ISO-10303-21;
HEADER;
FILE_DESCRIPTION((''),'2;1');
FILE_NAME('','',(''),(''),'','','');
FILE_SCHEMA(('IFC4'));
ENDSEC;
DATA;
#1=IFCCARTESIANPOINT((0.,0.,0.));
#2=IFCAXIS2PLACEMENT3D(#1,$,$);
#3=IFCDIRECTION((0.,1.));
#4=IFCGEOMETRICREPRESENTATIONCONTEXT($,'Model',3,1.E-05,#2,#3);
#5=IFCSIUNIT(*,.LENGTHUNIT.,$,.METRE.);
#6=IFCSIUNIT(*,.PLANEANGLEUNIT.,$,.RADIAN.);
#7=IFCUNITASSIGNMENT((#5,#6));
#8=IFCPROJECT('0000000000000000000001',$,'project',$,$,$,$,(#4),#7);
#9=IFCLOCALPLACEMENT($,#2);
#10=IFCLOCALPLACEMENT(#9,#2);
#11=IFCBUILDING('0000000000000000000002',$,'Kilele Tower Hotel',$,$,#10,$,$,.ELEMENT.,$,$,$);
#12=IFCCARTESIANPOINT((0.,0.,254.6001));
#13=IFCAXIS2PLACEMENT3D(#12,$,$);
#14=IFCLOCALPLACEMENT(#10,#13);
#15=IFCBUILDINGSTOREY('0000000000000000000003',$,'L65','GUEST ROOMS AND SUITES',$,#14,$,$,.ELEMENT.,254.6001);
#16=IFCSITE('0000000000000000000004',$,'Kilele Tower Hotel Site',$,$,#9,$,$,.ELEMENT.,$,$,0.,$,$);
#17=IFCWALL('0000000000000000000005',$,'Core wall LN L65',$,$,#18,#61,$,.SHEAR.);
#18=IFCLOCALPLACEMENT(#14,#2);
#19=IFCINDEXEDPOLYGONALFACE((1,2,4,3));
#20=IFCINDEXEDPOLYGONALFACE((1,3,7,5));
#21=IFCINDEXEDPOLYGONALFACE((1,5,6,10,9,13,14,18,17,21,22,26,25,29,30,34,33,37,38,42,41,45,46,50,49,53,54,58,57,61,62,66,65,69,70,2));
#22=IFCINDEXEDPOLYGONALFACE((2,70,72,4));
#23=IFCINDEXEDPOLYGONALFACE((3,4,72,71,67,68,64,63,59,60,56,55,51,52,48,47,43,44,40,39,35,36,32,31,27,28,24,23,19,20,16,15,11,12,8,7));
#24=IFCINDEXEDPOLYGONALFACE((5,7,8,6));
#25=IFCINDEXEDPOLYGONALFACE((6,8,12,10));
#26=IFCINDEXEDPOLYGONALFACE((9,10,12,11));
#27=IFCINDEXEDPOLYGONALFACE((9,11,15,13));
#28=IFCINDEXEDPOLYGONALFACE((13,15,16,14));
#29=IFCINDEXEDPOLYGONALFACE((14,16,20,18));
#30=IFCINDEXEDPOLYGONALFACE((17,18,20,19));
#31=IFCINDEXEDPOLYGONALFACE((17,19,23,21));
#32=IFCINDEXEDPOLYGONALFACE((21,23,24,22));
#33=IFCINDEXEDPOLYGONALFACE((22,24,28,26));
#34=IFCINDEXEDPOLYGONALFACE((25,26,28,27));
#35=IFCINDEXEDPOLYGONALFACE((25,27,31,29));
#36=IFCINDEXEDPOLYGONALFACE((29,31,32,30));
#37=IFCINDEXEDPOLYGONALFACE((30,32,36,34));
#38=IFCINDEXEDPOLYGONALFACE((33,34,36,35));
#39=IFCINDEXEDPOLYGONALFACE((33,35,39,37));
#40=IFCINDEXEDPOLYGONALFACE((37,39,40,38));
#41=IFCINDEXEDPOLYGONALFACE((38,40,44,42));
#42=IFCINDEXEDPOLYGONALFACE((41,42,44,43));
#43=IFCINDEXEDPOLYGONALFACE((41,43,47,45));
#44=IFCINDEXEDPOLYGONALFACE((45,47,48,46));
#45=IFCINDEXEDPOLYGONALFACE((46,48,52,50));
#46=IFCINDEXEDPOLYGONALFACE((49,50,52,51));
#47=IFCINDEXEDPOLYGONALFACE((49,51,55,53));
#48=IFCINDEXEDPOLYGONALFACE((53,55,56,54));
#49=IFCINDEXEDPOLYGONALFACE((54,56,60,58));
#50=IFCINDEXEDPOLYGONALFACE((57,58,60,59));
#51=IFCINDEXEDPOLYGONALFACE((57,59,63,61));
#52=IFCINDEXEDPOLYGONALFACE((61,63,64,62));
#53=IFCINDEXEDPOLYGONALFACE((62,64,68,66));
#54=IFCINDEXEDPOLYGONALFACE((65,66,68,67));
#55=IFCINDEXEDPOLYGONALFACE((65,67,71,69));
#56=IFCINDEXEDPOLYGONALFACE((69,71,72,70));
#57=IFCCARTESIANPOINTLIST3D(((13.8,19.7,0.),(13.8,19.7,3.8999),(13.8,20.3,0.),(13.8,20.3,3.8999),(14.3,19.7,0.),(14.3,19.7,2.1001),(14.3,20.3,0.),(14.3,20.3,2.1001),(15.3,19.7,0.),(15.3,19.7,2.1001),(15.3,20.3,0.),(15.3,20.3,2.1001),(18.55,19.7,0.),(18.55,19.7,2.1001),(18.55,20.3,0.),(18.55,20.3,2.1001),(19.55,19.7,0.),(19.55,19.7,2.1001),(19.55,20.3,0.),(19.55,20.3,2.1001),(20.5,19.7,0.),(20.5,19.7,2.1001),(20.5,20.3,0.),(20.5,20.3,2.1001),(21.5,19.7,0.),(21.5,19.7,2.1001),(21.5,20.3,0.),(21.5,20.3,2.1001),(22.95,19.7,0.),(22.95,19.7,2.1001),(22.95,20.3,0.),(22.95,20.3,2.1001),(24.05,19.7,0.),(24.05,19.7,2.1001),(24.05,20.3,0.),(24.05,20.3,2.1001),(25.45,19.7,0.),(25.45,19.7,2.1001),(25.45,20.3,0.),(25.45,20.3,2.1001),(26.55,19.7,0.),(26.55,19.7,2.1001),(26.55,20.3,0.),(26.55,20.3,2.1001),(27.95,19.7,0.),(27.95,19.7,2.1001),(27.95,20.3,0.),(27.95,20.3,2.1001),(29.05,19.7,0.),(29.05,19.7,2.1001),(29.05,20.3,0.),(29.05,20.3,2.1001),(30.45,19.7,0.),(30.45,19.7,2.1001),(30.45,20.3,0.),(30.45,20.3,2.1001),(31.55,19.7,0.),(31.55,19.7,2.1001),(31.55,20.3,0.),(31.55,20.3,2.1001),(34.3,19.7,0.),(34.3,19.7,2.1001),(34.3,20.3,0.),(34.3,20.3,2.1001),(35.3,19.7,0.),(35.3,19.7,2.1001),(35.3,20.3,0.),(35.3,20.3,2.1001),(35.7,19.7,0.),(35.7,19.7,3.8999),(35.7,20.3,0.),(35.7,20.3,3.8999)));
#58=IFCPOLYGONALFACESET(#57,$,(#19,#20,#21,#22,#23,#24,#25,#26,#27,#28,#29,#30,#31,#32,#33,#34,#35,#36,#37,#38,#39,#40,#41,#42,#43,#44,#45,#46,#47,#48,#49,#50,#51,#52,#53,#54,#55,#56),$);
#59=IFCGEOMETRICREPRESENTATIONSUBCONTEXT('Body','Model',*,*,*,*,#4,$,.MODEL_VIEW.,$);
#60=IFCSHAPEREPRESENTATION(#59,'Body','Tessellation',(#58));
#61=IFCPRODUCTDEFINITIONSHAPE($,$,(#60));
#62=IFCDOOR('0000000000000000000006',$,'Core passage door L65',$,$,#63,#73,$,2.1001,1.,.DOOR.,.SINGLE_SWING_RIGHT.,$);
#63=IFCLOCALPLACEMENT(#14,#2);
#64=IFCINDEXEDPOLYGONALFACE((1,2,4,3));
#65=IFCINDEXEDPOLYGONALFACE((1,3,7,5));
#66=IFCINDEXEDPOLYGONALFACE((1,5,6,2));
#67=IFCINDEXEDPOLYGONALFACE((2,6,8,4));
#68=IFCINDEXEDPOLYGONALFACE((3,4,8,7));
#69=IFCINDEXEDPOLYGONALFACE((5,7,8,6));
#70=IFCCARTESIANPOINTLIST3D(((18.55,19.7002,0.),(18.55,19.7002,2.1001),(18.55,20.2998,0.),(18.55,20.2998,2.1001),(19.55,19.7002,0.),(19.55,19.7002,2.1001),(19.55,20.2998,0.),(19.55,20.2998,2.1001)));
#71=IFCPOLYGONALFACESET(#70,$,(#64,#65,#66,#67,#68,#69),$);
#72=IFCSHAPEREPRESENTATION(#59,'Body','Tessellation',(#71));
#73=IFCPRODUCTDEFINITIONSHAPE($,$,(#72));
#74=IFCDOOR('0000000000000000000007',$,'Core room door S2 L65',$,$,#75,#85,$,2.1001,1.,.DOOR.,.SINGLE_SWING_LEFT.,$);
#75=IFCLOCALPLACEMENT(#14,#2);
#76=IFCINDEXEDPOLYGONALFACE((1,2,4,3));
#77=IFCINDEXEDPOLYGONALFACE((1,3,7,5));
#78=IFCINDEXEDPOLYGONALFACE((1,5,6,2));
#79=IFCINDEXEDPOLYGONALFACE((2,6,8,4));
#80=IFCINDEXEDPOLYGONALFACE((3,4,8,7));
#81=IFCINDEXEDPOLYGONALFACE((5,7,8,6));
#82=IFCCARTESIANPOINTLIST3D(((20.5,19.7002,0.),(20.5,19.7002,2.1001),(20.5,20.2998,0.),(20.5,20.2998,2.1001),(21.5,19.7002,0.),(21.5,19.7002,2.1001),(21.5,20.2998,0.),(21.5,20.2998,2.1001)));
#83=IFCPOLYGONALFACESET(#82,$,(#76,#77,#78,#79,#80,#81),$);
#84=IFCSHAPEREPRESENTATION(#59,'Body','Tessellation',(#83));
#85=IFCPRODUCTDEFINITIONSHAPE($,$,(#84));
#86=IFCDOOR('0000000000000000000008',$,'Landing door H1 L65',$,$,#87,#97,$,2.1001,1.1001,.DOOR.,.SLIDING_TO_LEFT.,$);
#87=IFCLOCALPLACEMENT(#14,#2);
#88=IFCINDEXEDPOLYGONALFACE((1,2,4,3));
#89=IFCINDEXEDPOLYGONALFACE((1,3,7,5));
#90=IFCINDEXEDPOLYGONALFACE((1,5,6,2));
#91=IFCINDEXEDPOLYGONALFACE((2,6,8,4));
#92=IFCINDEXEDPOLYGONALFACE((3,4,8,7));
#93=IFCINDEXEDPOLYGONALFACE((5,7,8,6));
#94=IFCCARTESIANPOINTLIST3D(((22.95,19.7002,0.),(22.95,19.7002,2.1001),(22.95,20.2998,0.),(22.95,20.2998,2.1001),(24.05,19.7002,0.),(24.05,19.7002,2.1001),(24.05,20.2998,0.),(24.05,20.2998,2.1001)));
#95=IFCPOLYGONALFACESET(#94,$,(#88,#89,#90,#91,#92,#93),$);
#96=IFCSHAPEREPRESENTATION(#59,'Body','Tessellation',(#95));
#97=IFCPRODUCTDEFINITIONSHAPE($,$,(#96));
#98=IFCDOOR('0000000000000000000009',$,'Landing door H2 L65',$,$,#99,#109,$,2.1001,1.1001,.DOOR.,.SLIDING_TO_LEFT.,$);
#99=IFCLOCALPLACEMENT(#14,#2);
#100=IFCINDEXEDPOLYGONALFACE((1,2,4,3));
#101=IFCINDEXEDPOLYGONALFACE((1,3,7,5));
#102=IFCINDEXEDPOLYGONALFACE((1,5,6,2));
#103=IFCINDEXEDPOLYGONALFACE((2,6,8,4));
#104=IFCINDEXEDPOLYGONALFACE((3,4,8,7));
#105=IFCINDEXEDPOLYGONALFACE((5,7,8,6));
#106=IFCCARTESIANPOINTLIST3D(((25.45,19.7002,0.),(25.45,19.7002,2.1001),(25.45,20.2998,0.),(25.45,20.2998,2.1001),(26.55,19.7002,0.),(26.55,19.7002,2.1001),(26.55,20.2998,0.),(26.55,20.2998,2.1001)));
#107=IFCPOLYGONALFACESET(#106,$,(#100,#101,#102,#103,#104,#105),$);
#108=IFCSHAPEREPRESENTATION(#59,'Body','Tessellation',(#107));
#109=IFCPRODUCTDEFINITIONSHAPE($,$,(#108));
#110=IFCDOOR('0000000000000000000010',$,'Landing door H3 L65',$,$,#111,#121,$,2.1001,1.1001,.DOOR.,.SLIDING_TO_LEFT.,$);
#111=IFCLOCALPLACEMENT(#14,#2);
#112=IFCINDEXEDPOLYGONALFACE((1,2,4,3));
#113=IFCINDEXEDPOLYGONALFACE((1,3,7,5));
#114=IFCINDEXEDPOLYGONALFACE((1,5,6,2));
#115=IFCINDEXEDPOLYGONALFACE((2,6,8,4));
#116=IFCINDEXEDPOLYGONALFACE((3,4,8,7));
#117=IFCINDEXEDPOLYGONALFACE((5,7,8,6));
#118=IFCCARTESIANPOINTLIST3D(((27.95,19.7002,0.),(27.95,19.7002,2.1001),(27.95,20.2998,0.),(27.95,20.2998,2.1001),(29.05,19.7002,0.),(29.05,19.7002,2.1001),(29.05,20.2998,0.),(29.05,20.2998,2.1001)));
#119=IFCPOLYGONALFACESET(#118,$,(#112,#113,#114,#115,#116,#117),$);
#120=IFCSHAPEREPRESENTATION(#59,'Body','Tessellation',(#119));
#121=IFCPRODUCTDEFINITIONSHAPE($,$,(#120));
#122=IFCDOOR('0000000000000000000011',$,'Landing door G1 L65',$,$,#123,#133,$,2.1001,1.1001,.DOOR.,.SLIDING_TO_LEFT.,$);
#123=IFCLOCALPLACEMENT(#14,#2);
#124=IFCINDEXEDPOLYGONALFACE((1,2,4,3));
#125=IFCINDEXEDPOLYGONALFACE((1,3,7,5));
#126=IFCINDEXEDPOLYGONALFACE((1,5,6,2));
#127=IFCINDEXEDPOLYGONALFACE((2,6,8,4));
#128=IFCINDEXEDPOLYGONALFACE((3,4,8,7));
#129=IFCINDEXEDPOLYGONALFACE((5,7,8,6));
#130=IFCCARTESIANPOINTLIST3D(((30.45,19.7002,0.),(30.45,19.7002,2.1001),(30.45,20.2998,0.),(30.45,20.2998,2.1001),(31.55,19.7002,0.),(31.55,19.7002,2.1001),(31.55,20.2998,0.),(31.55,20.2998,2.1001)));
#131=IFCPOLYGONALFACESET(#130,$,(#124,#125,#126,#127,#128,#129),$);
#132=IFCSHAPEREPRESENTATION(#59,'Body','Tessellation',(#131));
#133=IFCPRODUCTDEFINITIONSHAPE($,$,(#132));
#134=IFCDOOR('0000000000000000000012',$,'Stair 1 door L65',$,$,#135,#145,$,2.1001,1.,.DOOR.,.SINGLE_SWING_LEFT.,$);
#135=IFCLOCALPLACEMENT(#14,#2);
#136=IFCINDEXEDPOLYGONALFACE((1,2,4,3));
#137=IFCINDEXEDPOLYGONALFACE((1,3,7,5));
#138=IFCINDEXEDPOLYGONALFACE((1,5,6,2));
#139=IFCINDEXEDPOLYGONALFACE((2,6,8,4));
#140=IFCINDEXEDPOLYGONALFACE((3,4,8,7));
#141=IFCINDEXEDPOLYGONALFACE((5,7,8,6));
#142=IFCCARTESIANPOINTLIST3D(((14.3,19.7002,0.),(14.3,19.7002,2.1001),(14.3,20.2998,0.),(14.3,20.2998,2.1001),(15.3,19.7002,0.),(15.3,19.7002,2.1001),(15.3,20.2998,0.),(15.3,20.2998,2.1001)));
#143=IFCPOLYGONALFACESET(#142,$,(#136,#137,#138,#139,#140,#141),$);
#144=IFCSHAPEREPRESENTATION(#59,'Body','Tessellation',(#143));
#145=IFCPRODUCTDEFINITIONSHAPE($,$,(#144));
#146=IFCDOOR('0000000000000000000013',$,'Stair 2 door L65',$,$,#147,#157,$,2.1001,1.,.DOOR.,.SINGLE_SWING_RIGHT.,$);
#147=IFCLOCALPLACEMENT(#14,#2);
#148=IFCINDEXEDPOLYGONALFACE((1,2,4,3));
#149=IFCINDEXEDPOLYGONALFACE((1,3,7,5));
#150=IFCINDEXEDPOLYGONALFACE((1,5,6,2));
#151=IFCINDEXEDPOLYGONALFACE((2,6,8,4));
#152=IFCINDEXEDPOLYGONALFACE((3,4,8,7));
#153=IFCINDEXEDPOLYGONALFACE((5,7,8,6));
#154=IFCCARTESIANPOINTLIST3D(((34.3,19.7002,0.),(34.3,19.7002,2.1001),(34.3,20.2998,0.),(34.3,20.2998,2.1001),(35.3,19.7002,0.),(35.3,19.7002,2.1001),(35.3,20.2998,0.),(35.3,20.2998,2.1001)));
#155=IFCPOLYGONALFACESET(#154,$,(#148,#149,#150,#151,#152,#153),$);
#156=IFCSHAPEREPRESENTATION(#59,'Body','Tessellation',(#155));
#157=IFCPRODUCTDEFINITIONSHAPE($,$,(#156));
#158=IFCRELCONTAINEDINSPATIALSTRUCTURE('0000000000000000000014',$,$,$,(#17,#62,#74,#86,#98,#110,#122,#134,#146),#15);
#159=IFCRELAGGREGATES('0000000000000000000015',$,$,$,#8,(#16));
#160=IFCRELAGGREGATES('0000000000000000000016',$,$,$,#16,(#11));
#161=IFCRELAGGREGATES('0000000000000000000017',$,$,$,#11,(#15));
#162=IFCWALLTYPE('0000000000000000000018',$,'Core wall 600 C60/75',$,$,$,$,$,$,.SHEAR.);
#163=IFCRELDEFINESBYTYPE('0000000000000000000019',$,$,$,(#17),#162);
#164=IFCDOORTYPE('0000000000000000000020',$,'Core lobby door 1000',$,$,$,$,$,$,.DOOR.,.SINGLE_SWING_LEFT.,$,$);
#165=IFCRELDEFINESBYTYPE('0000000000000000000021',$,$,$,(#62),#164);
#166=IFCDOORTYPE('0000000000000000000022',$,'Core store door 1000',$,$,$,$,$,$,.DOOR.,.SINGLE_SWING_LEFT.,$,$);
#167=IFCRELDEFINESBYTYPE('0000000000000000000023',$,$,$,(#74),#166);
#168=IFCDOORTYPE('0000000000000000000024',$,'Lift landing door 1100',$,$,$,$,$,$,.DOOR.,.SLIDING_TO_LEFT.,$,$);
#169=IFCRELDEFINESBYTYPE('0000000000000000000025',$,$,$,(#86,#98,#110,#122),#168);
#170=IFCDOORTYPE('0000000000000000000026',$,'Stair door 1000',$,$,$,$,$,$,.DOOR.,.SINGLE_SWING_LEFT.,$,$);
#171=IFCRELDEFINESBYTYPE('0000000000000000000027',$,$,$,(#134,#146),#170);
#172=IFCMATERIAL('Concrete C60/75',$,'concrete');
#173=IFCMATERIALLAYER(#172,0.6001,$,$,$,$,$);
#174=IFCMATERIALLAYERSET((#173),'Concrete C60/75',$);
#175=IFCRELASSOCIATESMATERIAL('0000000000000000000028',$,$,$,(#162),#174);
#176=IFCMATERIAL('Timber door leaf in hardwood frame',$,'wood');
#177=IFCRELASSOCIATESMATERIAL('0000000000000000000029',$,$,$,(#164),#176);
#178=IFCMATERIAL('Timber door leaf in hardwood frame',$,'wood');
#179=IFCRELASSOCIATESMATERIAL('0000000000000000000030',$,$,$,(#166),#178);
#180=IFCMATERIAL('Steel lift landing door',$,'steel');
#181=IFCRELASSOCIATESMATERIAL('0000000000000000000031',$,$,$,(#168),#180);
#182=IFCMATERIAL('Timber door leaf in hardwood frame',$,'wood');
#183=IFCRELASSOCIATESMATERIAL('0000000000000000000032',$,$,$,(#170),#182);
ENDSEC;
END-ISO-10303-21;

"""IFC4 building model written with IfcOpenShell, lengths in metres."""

from ifc_helpers import new_model, si_unit, direction, frame, frame_2d, origin, place, context, subcontext, project, spatial, rectangle, extrude, material, layer, layer_set, type_object, element, fill, save


model = new_model("IFC4")

# Units and contexts
model_context = context("Model", 3, precision=1e-05, world=origin(), true_north=direction((0.0, 1.0)))
body_context = subcontext(model_context, "Body", "Model", "MODEL_VIEW")
ifc_project = project(units=[si_unit("LENGTHUNIT", "METRE"), si_unit("PLANEANGLEUNIT", "RADIAN")], contexts=[model_context])

# Site, building, storey
site_placement = place(None, origin())
site = spatial("IfcSite", under=ifc_project, at=site_placement, Name="Kilele Tower Hotel Site", CompositionType="ELEMENT", RefElevation=0.0)
building_placement = place(site_placement, origin())
building = spatial("IfcBuilding", under=site, at=building_placement, Name="Kilele Tower Hotel", CompositionType="ELEMENT")
storey_placement = place(building_placement, frame((0.0, 0.0, 254.6001)))
storey = spatial("IfcBuildingStorey", under=building, at=storey_placement, Name="L65", Description="GUEST ROOMS AND SUITES", CompositionType="ELEMENT", Elevation=254.6001)

# Wall, openings, doors
ifc_material_1 = material(Name="Concrete C60/75", Category="concrete")
ifc_layer_1 = layer(ifc_material_1, 0.6001)
ifc_layer_set_1 = layer_set([ifc_layer_1], Name="Concrete C60/75")
wall_type_1 = type_object("IfcWallType", Name="Core wall 600 C60/75", PredefinedType="SHEAR", material=ifc_layer_set_1)
wall_1_placement = place(storey_placement, frame((13.8, 20.0, 0.0), z_axis=(0.0, 0.0, 1.0), x_axis=(1.0, 0.0, 0.0)))
wall_1 = element("IfcWall", 1, at=wall_1_placement, inside=storey, type_object=wall_type_1, Name="Core wall LN L65", PredefinedType="SHEAR", context=body_context, shape_type="SweptSolid", body=[
    extrude(rectangle(XDim=21.8999, YDim=0.6001, at=frame_2d((10.95, 0.0))), origin(), (0.0, 0.0, 1.0), 3.8999),
])
opening_1_placement = place(wall_1_placement, frame((0.5, 0.0, 0.0)))
opening_1 = element("IfcOpeningElement", 2, at=opening_1_placement, cuts=wall_1, PredefinedType="OPENING", context=body_context, shape_type="SweptSolid", body=[
    extrude(rectangle(XDim=1.0, YDim=2.1001, at=frame_2d((0.5, 1.05))), frame((0.0, 0.3101, 0.0), z_axis=(0.0, -1.0, 0.0), x_axis=(1.0, 0.0, 0.0)), (0.0, 0.0, 1.0), 0.6201),
])
opening_2_placement = place(wall_1_placement, frame((20.5, 0.0, 0.0)))
opening_2 = element("IfcOpeningElement", 3, at=opening_2_placement, cuts=wall_1, PredefinedType="OPENING", context=body_context, shape_type="SweptSolid", body=[
    extrude(rectangle(XDim=1.0, YDim=2.1001, at=frame_2d((0.5, 1.05))), frame((0.0, 0.3101, 0.0), z_axis=(0.0, -1.0, 0.0), x_axis=(1.0, 0.0, 0.0)), (0.0, 0.0, 1.0), 0.6201),
])
opening_3_placement = place(wall_1_placement, frame((9.1499, 0.0, 0.0)))
opening_3 = element("IfcOpeningElement", 4, at=opening_3_placement, cuts=wall_1, PredefinedType="OPENING", context=body_context, shape_type="SweptSolid", body=[
    extrude(rectangle(XDim=1.1001, YDim=2.1001, at=frame_2d((0.55, 1.05))), frame((0.0, 0.3101, 0.0), z_axis=(0.0, -1.0, 0.0), x_axis=(1.0, 0.0, 0.0)), (0.0, 0.0, 1.0), 0.6201),
])
opening_4_placement = place(wall_1_placement, frame((11.6499, 0.0, 0.0)))
opening_4 = element("IfcOpeningElement", 5, at=opening_4_placement, cuts=wall_1, PredefinedType="OPENING", context=body_context, shape_type="SweptSolid", body=[
    extrude(rectangle(XDim=1.1001, YDim=2.1001, at=frame_2d((0.55, 1.05))), frame((0.0, 0.3101, 0.0), z_axis=(0.0, -1.0, 0.0), x_axis=(1.0, 0.0, 0.0)), (0.0, 0.0, 1.0), 0.6201),
])
opening_5_placement = place(wall_1_placement, frame((14.1499, 0.0, 0.0)))
opening_5 = element("IfcOpeningElement", 6, at=opening_5_placement, cuts=wall_1, PredefinedType="OPENING", context=body_context, shape_type="SweptSolid", body=[
    extrude(rectangle(XDim=1.1001, YDim=2.1001, at=frame_2d((0.55, 1.05))), frame((0.0, 0.3101, 0.0), z_axis=(0.0, -1.0, 0.0), x_axis=(1.0, 0.0, 0.0)), (0.0, 0.0, 1.0), 0.6201),
])
opening_6_placement = place(wall_1_placement, frame((16.6499, 0.0, 0.0)))
opening_6 = element("IfcOpeningElement", 7, at=opening_6_placement, cuts=wall_1, PredefinedType="OPENING", context=body_context, shape_type="SweptSolid", body=[
    extrude(rectangle(XDim=1.1001, YDim=2.1001, at=frame_2d((0.55, 1.05))), frame((0.0, 0.3101, 0.0), z_axis=(0.0, -1.0, 0.0), x_axis=(1.0, 0.0, 0.0)), (0.0, 0.0, 1.0), 0.6201),
])
opening_7_placement = place(wall_1_placement, frame((5.75, 0.0, 0.0), z_axis=(0.0, 0.0, 1.0), x_axis=(-1.0, 0.0, 0.0)))
opening_7 = element("IfcOpeningElement", 8, at=opening_7_placement, cuts=wall_1, PredefinedType="OPENING", context=body_context, shape_type="SweptSolid", body=[
    extrude(rectangle(XDim=1.0, YDim=2.1001, at=frame_2d((0.5, 1.05))), frame((0.0, 0.3101, 0.0), z_axis=(0.0, -1.0, 0.0), x_axis=(1.0, 0.0, 0.0)), (0.0, 0.0, 1.0), 0.6201),
])
opening_8_placement = place(wall_1_placement, frame((6.7, 0.0, 0.0)))
opening_8 = element("IfcOpeningElement", 9, at=opening_8_placement, cuts=wall_1, PredefinedType="OPENING", context=body_context, shape_type="SweptSolid", body=[
    extrude(rectangle(XDim=1.0, YDim=2.1001, at=frame_2d((0.5, 1.05))), frame((0.0, 0.3101, 0.0), z_axis=(0.0, -1.0, 0.0), x_axis=(1.0, 0.0, 0.0)), (0.0, 0.0, 1.0), 0.6201),
])
ifc_material_2 = material(Name="Timber door leaf in hardwood frame", Category="wood")
door_type_1 = type_object("IfcDoorType", Name="Core lobby door 1000", OperationType="SINGLE_SWING_LEFT", PredefinedType="DOOR", material=ifc_material_2)
door_1_placement = place(opening_7_placement, origin())
door_1 = element("IfcDoor", 10, at=door_1_placement, inside=storey, type_object=door_type_1, Name="Core passage door L65", OperationType="SINGLE_SWING_RIGHT", OverallHeight=2.1001, OverallWidth=1.0, PredefinedType="DOOR", context=body_context, shape_type="SweptSolid", body=[
    extrude(rectangle(XDim=1.0, YDim=2.1001, at=frame_2d((0.5, 1.05))), frame((0.0, 0.2998, 0.0), z_axis=(0.0, -1.0, 0.0), x_axis=(1.0, 0.0, 0.0)), (0.0, 0.0, 1.0), 0.5996),
])
fill(opening_7, door_1)
ifc_material_3 = material(Name="Timber door leaf in hardwood frame", Category="wood")
door_type_2 = type_object("IfcDoorType", Name="Core store door 1000", OperationType="SINGLE_SWING_LEFT", PredefinedType="DOOR", material=ifc_material_3)
door_2_placement = place(opening_8_placement, origin())
door_2 = element("IfcDoor", 11, at=door_2_placement, inside=storey, type_object=door_type_2, Name="Core room door S2 L65", OperationType="SINGLE_SWING_LEFT", OverallHeight=2.1001, OverallWidth=1.0, PredefinedType="DOOR", context=body_context, shape_type="SweptSolid", body=[
    extrude(rectangle(XDim=1.0, YDim=2.1001, at=frame_2d((0.5, 1.05))), frame((0.0, 0.2998, 0.0), z_axis=(0.0, -1.0, 0.0), x_axis=(1.0, 0.0, 0.0)), (0.0, 0.0, 1.0), 0.5996),
])
fill(opening_8, door_2)
ifc_material_4 = material(Name="Steel lift landing door", Category="steel")
door_type_3 = type_object("IfcDoorType", Name="Lift landing door 1100", OperationType="SLIDING_TO_LEFT", PredefinedType="DOOR", material=ifc_material_4)
door_3_placement = place(opening_3_placement, origin())
door_3 = element("IfcDoor", 12, at=door_3_placement, inside=storey, type_object=door_type_3, Name="Landing door H1 L65", OperationType="SLIDING_TO_LEFT", OverallHeight=2.1001, OverallWidth=1.1001, PredefinedType="DOOR", context=body_context, shape_type="SweptSolid", body=[
    extrude(rectangle(XDim=1.1001, YDim=2.1001, at=frame_2d((0.55, 1.05))), frame((0.0, 0.2998, 0.0), z_axis=(0.0, -1.0, 0.0), x_axis=(1.0, 0.0, 0.0)), (0.0, 0.0, 1.0), 0.5996),
])
fill(opening_3, door_3)
door_4_placement = place(opening_4_placement, origin())
door_4 = element("IfcDoor", 13, at=door_4_placement, inside=storey, type_object=door_type_3, Name="Landing door H2 L65", OperationType="SLIDING_TO_LEFT", OverallHeight=2.1001, OverallWidth=1.1001, PredefinedType="DOOR", context=body_context, shape_type="SweptSolid", body=[
    extrude(rectangle(XDim=1.1001, YDim=2.1001, at=frame_2d((0.55, 1.05))), frame((0.0, 0.2998, 0.0), z_axis=(0.0, -1.0, 0.0), x_axis=(1.0, 0.0, 0.0)), (0.0, 0.0, 1.0), 0.5996),
])
fill(opening_4, door_4)
door_5_placement = place(opening_5_placement, origin())
door_5 = element("IfcDoor", 14, at=door_5_placement, inside=storey, type_object=door_type_3, Name="Landing door H3 L65", OperationType="SLIDING_TO_LEFT", OverallHeight=2.1001, OverallWidth=1.1001, PredefinedType="DOOR", context=body_context, shape_type="SweptSolid", body=[
    extrude(rectangle(XDim=1.1001, YDim=2.1001, at=frame_2d((0.55, 1.05))), frame((0.0, 0.2998, 0.0), z_axis=(0.0, -1.0, 0.0), x_axis=(1.0, 0.0, 0.0)), (0.0, 0.0, 1.0), 0.5996),
])
fill(opening_5, door_5)
door_6_placement = place(opening_6_placement, origin())
door_6 = element("IfcDoor", 15, at=door_6_placement, inside=storey, type_object=door_type_3, Name="Landing door G1 L65", OperationType="SLIDING_TO_LEFT", OverallHeight=2.1001, OverallWidth=1.1001, PredefinedType="DOOR", context=body_context, shape_type="SweptSolid", body=[
    extrude(rectangle(XDim=1.1001, YDim=2.1001, at=frame_2d((0.55, 1.05))), frame((0.0, 0.2998, 0.0), z_axis=(0.0, -1.0, 0.0), x_axis=(1.0, 0.0, 0.0)), (0.0, 0.0, 1.0), 0.5996),
])
fill(opening_6, door_6)
ifc_material_5 = material(Name="Timber door leaf in hardwood frame", Category="wood")
door_type_4 = type_object("IfcDoorType", Name="Stair door 1000", OperationType="SINGLE_SWING_LEFT", PredefinedType="DOOR", material=ifc_material_5)
door_7_placement = place(opening_1_placement, origin())
door_7 = element("IfcDoor", 16, at=door_7_placement, inside=storey, type_object=door_type_4, Name="Stair 1 door L65", OperationType="SINGLE_SWING_LEFT", OverallHeight=2.1001, OverallWidth=1.0, PredefinedType="DOOR", context=body_context, shape_type="SweptSolid", body=[
    extrude(rectangle(XDim=1.0, YDim=2.1001, at=frame_2d((0.5, 1.05))), frame((0.0, 0.2998, 0.0), z_axis=(0.0, -1.0, 0.0), x_axis=(1.0, 0.0, 0.0)), (0.0, 0.0, 1.0), 0.5996),
])
fill(opening_1, door_7)
door_8_placement = place(opening_2_placement, origin())
door_8 = element("IfcDoor", 17, at=door_8_placement, inside=storey, type_object=door_type_4, Name="Stair 2 door L65", OperationType="SINGLE_SWING_RIGHT", OverallHeight=2.1001, OverallWidth=1.0, PredefinedType="DOOR", context=body_context, shape_type="SweptSolid", body=[
    extrude(rectangle(XDim=1.0, YDim=2.1001, at=frame_2d((0.5, 1.05))), frame((0.0, 0.2998, 0.0), z_axis=(0.0, -1.0, 0.0), x_axis=(1.0, 0.0, 0.0)), (0.0, 0.0, 1.0), 0.5996),
])
fill(opening_2, door_8)

save(model, "model.ifc")
